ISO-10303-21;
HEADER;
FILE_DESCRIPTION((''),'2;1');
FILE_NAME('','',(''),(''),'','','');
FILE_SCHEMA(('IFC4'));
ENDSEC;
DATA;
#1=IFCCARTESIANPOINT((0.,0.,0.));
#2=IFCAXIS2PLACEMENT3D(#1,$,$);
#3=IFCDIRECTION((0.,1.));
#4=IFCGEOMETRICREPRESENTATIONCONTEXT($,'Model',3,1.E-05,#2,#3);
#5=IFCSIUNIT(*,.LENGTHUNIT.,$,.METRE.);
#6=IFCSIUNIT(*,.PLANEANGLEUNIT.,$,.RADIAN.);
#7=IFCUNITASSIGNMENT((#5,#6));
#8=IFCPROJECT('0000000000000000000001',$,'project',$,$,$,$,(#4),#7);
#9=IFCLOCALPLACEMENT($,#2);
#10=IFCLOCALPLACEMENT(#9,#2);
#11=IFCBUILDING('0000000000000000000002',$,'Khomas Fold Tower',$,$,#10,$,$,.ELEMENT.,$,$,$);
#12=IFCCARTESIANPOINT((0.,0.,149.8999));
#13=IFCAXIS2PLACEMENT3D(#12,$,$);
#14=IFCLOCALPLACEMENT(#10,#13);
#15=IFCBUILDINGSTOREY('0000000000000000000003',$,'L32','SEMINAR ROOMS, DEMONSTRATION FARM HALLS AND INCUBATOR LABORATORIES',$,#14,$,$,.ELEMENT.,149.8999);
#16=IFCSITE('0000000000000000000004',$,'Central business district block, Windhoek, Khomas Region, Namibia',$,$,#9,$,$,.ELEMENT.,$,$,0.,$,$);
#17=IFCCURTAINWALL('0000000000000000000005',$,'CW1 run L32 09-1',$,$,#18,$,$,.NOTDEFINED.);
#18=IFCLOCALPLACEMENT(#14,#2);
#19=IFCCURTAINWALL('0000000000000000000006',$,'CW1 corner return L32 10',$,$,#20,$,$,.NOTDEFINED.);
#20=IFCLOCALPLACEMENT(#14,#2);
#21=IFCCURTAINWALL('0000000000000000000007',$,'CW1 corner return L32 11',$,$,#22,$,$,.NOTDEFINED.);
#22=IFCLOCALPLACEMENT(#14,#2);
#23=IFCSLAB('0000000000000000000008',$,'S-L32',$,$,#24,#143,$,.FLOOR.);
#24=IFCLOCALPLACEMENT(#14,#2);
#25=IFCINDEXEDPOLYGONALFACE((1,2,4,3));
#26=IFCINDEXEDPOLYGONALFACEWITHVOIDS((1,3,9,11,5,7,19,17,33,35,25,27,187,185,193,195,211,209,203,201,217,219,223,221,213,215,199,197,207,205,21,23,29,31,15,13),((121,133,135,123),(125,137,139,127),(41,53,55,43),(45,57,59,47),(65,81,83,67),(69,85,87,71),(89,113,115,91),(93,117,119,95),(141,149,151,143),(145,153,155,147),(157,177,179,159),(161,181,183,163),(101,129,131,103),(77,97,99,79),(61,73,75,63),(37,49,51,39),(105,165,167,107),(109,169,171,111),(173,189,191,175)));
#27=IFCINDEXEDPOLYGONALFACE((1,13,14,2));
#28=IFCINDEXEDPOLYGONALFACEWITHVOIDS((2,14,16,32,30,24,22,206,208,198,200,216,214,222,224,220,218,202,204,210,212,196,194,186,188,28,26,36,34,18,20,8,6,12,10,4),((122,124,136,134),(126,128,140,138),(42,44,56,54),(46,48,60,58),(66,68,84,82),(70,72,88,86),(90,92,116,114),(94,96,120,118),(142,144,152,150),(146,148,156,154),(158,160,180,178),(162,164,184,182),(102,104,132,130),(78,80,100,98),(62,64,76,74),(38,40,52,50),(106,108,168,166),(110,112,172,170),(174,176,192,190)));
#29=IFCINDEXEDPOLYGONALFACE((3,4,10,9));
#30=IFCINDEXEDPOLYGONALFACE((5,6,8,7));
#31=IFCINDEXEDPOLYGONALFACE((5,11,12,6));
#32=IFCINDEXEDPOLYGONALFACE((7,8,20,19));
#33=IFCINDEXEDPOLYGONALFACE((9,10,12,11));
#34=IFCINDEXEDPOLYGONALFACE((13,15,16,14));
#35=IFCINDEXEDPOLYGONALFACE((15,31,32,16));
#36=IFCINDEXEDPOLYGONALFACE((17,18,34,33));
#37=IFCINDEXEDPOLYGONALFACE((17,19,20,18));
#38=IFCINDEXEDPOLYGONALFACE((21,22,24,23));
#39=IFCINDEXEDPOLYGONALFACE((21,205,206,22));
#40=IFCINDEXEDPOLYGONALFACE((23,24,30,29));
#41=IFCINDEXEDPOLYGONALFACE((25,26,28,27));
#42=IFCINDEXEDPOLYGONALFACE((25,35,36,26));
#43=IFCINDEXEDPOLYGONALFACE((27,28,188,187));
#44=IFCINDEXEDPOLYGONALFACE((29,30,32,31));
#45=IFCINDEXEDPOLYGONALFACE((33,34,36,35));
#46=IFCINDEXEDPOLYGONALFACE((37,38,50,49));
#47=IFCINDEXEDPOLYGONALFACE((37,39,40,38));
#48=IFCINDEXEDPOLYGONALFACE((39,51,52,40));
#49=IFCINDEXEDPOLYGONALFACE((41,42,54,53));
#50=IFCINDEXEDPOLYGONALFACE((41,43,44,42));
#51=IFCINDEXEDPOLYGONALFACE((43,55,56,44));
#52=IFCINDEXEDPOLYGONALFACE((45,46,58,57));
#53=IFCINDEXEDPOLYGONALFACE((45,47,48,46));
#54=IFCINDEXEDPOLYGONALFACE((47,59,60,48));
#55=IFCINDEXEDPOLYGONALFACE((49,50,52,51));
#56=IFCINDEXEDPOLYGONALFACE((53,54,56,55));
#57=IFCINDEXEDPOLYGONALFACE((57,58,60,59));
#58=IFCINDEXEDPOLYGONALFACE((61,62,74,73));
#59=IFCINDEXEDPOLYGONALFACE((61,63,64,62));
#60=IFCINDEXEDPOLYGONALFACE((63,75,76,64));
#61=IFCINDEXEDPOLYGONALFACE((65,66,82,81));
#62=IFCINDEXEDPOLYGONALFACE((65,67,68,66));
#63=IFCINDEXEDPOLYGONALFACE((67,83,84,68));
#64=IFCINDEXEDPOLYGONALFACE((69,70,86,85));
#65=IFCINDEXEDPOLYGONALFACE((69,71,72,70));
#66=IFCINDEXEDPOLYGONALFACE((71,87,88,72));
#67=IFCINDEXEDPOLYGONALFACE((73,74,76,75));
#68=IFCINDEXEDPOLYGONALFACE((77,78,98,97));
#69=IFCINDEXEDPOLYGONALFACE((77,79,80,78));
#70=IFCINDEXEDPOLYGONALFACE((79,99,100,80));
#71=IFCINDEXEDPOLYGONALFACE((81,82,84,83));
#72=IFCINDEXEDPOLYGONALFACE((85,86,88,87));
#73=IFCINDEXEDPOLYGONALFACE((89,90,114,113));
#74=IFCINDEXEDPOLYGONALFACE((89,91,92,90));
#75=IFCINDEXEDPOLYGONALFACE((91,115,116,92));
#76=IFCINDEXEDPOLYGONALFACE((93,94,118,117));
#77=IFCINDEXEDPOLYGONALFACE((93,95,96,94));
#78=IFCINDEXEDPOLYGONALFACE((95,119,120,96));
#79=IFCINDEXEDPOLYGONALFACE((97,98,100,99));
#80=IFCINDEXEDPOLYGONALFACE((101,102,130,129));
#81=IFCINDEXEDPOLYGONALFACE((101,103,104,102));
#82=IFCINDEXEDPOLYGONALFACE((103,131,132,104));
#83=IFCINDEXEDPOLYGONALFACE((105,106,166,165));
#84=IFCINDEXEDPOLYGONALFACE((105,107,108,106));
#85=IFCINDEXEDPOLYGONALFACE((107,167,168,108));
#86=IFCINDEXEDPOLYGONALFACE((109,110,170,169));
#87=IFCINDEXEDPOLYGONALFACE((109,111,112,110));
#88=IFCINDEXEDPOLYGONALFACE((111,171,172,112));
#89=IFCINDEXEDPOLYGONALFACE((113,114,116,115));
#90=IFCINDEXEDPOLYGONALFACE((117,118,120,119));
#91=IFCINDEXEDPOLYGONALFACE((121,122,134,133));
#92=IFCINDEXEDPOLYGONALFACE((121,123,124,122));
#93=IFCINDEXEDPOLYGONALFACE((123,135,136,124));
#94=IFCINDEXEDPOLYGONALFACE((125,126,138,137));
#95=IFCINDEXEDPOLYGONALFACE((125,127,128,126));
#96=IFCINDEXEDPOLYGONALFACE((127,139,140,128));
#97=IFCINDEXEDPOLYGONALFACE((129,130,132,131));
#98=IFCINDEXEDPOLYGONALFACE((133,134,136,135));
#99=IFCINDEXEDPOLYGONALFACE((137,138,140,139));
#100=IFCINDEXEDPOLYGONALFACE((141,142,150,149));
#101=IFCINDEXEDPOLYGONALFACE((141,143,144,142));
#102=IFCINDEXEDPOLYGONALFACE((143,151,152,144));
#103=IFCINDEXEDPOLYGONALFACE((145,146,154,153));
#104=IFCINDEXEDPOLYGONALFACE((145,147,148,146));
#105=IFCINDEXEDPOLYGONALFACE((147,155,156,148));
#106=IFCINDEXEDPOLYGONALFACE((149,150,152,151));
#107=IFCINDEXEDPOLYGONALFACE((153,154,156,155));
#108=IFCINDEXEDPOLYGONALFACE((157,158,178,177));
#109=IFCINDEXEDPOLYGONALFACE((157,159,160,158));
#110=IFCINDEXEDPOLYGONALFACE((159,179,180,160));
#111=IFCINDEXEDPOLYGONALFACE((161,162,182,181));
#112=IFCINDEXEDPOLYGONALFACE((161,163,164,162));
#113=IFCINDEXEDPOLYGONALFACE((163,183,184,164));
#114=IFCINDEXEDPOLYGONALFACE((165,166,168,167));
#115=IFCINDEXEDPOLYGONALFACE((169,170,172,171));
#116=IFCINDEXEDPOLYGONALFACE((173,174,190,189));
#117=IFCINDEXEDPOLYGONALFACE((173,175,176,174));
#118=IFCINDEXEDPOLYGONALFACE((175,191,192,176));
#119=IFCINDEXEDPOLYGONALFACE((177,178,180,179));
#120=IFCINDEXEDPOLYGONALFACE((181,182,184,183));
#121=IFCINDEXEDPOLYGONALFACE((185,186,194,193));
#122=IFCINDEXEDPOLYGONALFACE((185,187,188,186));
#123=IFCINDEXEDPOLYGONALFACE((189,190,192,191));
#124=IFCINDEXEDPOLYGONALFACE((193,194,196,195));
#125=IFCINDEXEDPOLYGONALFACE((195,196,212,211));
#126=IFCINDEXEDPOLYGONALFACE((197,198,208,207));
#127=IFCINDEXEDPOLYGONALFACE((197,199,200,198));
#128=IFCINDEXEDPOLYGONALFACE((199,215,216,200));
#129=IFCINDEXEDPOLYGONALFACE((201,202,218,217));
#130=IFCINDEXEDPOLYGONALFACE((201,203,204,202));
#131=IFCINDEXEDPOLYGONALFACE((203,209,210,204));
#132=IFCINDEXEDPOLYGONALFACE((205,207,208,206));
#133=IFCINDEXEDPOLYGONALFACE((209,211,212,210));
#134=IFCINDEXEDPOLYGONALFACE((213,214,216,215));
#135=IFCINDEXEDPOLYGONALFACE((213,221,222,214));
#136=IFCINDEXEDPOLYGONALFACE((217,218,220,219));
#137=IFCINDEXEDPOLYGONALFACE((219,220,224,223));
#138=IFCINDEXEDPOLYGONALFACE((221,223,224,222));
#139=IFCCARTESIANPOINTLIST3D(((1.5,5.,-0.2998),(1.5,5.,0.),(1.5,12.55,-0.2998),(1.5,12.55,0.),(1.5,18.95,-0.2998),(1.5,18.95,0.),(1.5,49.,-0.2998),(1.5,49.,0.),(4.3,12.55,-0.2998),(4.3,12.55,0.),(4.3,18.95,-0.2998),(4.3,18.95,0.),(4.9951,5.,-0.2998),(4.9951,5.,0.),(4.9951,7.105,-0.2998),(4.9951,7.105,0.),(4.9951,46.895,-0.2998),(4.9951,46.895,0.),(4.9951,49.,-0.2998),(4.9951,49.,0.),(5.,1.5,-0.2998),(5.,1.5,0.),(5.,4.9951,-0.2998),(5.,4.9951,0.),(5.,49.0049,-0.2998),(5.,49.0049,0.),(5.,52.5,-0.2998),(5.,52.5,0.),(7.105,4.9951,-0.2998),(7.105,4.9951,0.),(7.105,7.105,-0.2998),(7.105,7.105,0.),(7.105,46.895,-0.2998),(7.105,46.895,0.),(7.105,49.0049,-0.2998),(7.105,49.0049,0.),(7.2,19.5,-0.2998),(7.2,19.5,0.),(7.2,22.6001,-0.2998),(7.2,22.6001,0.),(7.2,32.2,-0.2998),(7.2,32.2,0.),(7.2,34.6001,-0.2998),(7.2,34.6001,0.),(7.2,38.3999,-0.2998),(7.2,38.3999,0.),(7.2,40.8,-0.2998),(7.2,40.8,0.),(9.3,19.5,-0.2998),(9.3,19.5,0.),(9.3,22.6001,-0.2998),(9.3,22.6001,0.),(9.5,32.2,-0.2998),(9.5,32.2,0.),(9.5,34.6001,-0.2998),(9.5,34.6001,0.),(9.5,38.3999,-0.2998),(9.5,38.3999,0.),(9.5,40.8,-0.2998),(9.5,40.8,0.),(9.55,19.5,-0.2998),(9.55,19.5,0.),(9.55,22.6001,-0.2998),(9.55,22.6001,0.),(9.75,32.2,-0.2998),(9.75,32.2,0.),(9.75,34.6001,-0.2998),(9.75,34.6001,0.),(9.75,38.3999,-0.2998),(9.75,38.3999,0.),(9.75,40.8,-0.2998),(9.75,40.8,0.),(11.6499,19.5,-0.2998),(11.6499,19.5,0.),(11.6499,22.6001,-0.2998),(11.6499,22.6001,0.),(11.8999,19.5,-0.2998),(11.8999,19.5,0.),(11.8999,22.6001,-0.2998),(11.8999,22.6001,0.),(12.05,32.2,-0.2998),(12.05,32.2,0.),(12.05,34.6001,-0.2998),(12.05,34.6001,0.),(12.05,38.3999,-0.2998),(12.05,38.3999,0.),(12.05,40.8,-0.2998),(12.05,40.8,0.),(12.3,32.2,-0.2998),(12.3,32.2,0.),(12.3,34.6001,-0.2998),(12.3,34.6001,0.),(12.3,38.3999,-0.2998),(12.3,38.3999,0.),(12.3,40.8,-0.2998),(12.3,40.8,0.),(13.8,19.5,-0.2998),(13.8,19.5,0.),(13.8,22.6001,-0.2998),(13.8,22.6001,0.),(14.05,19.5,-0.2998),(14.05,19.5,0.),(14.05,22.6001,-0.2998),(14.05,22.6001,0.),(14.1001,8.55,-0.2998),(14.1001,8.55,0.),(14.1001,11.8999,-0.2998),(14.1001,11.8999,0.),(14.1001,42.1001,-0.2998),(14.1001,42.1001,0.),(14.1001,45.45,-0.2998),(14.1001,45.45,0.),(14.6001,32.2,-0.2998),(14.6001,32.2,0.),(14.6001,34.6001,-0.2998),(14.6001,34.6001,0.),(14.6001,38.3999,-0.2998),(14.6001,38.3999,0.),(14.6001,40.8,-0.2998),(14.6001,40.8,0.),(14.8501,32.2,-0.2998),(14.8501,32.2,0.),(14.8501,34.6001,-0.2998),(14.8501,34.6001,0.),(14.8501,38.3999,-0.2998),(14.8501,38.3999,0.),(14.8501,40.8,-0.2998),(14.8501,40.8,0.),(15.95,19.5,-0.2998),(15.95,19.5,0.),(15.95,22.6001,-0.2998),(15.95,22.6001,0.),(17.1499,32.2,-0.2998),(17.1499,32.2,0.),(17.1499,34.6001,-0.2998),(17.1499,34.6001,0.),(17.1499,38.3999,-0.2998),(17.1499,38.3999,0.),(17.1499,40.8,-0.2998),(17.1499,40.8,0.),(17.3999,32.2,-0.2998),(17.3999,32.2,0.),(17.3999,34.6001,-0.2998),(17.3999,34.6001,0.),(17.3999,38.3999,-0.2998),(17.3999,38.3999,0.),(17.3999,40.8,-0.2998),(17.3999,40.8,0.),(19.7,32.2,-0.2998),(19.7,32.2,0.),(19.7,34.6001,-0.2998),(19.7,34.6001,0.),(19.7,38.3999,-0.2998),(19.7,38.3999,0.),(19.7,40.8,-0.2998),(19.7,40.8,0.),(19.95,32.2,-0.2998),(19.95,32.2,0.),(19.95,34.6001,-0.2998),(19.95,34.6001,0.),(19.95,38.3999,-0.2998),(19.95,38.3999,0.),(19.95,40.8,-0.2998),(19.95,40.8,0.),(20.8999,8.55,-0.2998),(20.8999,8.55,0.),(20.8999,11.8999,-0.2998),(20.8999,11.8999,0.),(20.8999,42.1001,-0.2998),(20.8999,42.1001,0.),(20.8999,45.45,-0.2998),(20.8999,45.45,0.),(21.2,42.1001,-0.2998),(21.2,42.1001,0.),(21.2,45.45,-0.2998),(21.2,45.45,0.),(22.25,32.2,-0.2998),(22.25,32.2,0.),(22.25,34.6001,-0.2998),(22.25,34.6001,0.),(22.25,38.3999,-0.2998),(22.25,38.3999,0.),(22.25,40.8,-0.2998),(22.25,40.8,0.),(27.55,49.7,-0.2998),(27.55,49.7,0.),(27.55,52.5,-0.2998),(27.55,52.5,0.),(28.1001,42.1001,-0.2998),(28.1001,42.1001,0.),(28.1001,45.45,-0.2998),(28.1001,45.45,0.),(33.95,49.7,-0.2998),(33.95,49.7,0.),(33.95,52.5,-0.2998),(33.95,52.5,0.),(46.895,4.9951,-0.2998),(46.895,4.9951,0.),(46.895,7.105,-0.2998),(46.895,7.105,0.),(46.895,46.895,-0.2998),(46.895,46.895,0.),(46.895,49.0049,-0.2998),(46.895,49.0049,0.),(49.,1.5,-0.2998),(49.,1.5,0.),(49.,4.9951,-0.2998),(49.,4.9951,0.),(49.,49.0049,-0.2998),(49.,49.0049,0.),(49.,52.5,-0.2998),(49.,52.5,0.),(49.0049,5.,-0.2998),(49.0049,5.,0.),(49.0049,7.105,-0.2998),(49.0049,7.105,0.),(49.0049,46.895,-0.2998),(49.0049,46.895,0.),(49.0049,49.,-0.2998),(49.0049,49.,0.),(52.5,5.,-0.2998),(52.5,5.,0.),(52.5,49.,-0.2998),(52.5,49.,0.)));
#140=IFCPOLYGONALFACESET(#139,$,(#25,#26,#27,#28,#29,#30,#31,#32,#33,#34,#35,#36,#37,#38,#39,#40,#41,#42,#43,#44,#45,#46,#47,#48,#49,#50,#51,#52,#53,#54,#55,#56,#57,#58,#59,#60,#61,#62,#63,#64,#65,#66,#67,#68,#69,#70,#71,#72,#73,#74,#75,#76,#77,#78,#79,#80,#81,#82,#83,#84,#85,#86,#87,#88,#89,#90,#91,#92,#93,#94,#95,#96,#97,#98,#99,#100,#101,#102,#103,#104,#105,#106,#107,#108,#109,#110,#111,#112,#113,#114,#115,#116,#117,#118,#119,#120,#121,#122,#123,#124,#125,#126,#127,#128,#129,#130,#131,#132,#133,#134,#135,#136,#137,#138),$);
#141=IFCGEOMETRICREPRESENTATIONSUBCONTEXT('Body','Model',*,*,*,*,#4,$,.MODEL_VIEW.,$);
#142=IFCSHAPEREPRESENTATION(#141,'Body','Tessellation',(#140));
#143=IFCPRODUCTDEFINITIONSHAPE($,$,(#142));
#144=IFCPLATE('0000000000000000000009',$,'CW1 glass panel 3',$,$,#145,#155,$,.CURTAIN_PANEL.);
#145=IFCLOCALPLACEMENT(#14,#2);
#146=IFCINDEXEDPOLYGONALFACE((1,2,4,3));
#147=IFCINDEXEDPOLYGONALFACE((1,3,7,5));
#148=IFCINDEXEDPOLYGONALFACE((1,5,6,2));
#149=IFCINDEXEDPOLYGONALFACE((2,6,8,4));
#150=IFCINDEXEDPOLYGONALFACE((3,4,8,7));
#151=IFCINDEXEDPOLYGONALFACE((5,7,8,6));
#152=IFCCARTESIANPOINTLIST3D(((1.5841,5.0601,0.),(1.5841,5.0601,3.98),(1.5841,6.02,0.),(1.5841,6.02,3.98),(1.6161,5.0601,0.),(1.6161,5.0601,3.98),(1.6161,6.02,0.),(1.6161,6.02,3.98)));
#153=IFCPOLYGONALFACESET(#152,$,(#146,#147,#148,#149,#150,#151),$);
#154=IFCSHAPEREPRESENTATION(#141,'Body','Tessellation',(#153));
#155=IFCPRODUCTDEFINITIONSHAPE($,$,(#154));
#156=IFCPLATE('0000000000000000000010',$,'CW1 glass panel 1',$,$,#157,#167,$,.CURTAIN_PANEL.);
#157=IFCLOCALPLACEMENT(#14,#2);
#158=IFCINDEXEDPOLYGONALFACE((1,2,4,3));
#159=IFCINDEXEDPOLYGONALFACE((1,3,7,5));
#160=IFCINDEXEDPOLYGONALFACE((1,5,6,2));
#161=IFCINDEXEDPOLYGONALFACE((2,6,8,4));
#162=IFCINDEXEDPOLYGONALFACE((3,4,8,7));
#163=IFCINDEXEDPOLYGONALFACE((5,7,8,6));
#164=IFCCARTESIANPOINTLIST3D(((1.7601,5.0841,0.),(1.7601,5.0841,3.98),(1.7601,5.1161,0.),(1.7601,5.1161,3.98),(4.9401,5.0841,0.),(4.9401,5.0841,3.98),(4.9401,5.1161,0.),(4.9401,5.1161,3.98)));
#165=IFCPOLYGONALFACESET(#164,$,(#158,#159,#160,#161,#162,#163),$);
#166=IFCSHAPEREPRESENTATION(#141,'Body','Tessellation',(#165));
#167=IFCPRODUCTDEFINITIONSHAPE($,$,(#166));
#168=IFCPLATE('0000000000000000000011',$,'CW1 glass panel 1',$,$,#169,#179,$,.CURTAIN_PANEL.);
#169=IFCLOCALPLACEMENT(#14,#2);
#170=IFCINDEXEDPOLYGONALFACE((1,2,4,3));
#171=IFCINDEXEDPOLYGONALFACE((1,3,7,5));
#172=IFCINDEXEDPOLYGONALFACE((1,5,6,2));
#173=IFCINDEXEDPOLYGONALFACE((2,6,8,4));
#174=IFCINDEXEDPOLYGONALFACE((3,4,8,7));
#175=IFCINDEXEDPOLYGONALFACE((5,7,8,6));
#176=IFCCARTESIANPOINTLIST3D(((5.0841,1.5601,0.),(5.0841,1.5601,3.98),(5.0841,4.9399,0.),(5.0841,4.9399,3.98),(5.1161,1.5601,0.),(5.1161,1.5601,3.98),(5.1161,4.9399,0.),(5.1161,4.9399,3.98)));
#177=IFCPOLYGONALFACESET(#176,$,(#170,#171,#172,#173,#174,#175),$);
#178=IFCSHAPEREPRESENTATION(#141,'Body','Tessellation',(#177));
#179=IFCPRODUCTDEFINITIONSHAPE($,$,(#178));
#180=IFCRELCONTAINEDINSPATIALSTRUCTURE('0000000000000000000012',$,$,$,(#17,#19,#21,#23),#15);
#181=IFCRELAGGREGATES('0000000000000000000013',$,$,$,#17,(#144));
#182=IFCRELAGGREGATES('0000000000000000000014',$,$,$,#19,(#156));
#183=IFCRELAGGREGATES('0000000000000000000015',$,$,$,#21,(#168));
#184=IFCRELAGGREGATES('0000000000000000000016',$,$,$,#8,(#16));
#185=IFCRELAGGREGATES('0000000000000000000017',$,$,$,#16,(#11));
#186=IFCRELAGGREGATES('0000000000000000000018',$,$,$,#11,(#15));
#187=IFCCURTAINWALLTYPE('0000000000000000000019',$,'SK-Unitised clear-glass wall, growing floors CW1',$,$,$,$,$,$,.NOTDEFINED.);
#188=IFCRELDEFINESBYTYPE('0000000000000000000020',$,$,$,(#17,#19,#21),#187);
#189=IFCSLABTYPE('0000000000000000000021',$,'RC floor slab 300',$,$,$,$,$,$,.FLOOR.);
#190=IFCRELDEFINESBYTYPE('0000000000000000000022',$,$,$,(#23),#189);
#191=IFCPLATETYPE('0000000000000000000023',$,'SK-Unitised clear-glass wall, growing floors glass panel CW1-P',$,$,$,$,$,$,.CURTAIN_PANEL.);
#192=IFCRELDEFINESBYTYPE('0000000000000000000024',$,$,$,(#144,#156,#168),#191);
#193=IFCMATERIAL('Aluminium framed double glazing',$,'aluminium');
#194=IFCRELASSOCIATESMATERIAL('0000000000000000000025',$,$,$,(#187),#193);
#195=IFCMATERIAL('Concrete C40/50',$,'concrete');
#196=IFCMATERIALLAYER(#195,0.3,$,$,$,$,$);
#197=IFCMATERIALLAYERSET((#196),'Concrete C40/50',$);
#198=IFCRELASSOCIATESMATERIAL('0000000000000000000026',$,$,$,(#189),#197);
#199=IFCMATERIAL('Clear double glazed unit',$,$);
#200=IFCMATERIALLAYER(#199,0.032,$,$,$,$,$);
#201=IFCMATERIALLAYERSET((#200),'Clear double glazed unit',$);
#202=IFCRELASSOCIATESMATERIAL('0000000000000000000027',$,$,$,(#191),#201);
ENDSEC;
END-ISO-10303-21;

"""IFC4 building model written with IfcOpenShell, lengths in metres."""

from ifc_helpers import new_model, si_unit, direction, frame, origin, origin_2d, place, context, subcontext, project, spatial, polyline, rectangle, outline, extrude, source, transform, mapped, material, layer, layer_set, type_object, element, aggregate, save


model = new_model("IFC4")

# Units and contexts
model_context = context("Model", 3, precision=1e-05, world=origin(), true_north=direction((0.0, 1.0)))
body_context = subcontext(model_context, "Body", "Model", "MODEL_VIEW")
ifc_project = project(units=[si_unit("LENGTHUNIT", "METRE"), si_unit("PLANEANGLEUNIT", "RADIAN")], contexts=[model_context])

# Site, building, storey
site_placement = place(None, origin())
site = spatial("IfcSite", under=ifc_project, at=site_placement, Name="Central business district block, Windhoek, Khomas Region, Namibia", CompositionType="ELEMENT", RefElevation=0.0)
building_placement = place(site_placement, origin())
building = spatial("IfcBuilding", under=site, at=building_placement, Name="Khomas Fold Tower", CompositionType="ELEMENT")
storey_placement = place(building_placement, frame((0.0, 0.0, 149.8999)))
storey = spatial("IfcBuildingStorey", under=building, at=storey_placement, Name="L32", Description="SEMINAR ROOMS, DEMONSTRATION FARM HALLS AND INCUBATOR LABORATORIES", CompositionType="ELEMENT", Elevation=149.8999)

# Curtain walls
ifc_material_1 = material(Name="Aluminium framed double glazing", Category="aluminium")
curtain_wall_type = type_object("IfcCurtainWallType", Name="SK-Unitised clear-glass wall, growing floors CW1", PredefinedType="NOTDEFINED", material=ifc_material_1)
curtain_wall_1_placement = place(storey_placement, origin())
curtain_wall_1 = element("IfcCurtainWall", 1, at=curtain_wall_1_placement, inside=storey, type_object=curtain_wall_type, Name="CW1 run L32 09-1", PredefinedType="NOTDEFINED")
curtain_wall_2_placement = place(storey_placement, origin())
curtain_wall_2 = element("IfcCurtainWall", 2, at=curtain_wall_2_placement, inside=storey, type_object=curtain_wall_type, Name="CW1 corner return L32 10", PredefinedType="NOTDEFINED")

# Curtain wall
curtain_wall_3_placement = place(storey_placement, origin())
curtain_wall_3 = element("IfcCurtainWall", 3, at=curtain_wall_3_placement, inside=storey, type_object=curtain_wall_type, Name="CW1 corner return L32 11", PredefinedType="NOTDEFINED")

# Slab
ifc_material_2 = material(Name="Concrete C40/50", Category="concrete")
ifc_layer_1 = layer(ifc_material_2, 0.3)
ifc_layer_set_1 = layer_set([ifc_layer_1], Name="Concrete C40/50")
slab_type_1 = type_object("IfcSlabType", Name="RC floor slab 300", PredefinedType="FLOOR", material=ifc_layer_set_1)
shared_shape_1 = source(origin(), body_context, "Body", "SweptSolid", [
    extrude(outline(polyline([(1.5, 5.0), (4.9951, 5.0), (4.9951, 7.105), (7.105, 7.105), (7.105, 4.9951), (5.0, 4.9951), (5.0, 1.5), (49.0, 1.5), (49.0, 4.9951), (46.895, 4.9951), (46.895, 7.105), (49.0049, 7.105), (49.0049, 5.0), (52.5, 5.0), (52.5, 49.0), (49.0049, 49.0), (49.0049, 46.895), (46.895, 46.895), (46.895, 49.0049), (49.0, 49.0049), (49.0, 52.5), (33.95, 52.5), (33.95, 49.7), (27.55, 49.7), (27.55, 52.5), (5.0, 52.5), (5.0, 49.0049), (7.105, 49.0049), (7.105, 46.895), (4.9951, 46.895), (4.9951, 49.0), (1.5, 49.0), (1.5, 18.95), (4.3, 18.95), (4.3, 12.55), (1.5, 12.55), (1.5, 5.0)]), holes=[polyline([(7.2, 19.5), (7.2, 22.6001), (9.3, 22.6001), (9.3, 19.5), (7.2, 19.5)]), polyline([(7.2, 32.2), (7.2, 34.6001), (9.5, 34.6001), (9.5, 32.2), (7.2, 32.2)]), polyline([(7.2, 38.3999), (7.2, 40.8), (9.5, 40.8), (9.5, 38.3999), (7.2, 38.3999)]), polyline([(9.55, 19.5), (9.55, 22.6001), (11.6499, 22.6001), (11.6499, 19.5), (9.55, 19.5)]), polyline([(9.75, 32.2), (9.75, 34.6001), (12.05, 34.6001), (12.05, 32.2), (9.75, 32.2)]), polyline([(9.75, 38.3999), (9.75, 40.8), (12.05, 40.8), (12.05, 38.3999), (9.75, 38.3999)]), polyline([(11.8999, 19.5), (11.8999, 22.6001), (13.8, 22.6001), (13.8, 19.5), (11.8999, 19.5)]), polyline([(12.3, 32.2), (12.3, 34.6001), (14.6001, 34.6001), (14.6001, 32.2), (12.3, 32.2)]), polyline([(12.3, 38.3999), (12.3, 40.8), (14.6001, 40.8), (14.6001, 38.3999), (12.3, 38.3999)]), polyline([(14.05, 19.5), (14.05, 22.6001), (15.95, 22.6001), (15.95, 19.5), (14.05, 19.5)]), polyline([(14.1001, 8.55), (14.1001, 11.8999), (20.8999, 11.8999), (20.8999, 8.55), (14.1001, 8.55)]), polyline([(14.1001, 42.1001), (14.1001, 45.45), (20.8999, 45.45), (20.8999, 42.1001), (14.1001, 42.1001)]), polyline([(14.8501, 32.2), (14.8501, 34.6001), (17.1499, 34.6001), (17.1499, 32.2), (14.8501, 32.2)]), polyline([(14.8501, 38.3999), (14.8501, 40.8), (17.1499, 40.8), (17.1499, 38.3999), (14.8501, 38.3999)]), polyline([(17.3999, 32.2), (17.3999, 34.6001), (19.7, 34.6001), (19.7, 32.2), (17.3999, 32.2)]), polyline([(17.3999, 38.3999), (17.3999, 40.8), (19.7, 40.8), (19.7, 38.3999), (17.3999, 38.3999)]), polyline([(19.95, 32.2), (19.95, 34.6001), (22.25, 34.6001), (22.25, 32.2), (19.95, 32.2)]), polyline([(19.95, 38.3999), (19.95, 40.8), (22.25, 40.8), (22.25, 38.3999), (19.95, 38.3999)]), polyline([(21.2, 42.1001), (21.2, 45.45), (28.1001, 45.45), (28.1001, 42.1001), (21.2, 42.1001)])]), origin(), (0.0, 0.0, 1.0), 0.2998),
])
slab_1_placement = place(storey_placement, frame((0.0, 0.0, -0.2998)))
element("IfcSlab", 4, at=slab_1_placement, inside=storey, type_object=slab_type_1, Name="S-L32", PredefinedType="FLOOR", context=body_context, shape_type="MappedRepresentation", body=[
    mapped(shared_shape_1, transform((0.0, 0.0, 0.0))),
])

# Plates
ifc_material_3 = material(Name="Clear double glazed unit")
ifc_layer_2 = layer(ifc_material_3, 0.032)
ifc_layer_set_2 = layer_set([ifc_layer_2], Name="Clear double glazed unit")
plate_type = type_object("IfcPlateType", Name="SK-Unitised clear-glass wall, growing floors glass panel CW1-P", PredefinedType="CURTAIN_PANEL", material=ifc_layer_set_2)
shared_shape_2 = source(origin(), body_context, "Body", "SweptSolid", [
    extrude(rectangle(XDim=0.96, YDim=0.032, at=origin_2d()), origin(), (0.0, 0.0, 1.0), 3.98),
])
plate_1_placement = place(storey_placement, frame((1.6001, 5.54, 0.0), z_axis=(0.0, 0.0, 1.0), x_axis=(0.0, -1.0, 0.0)))
plate_1 = element("IfcPlate", 5, at=plate_1_placement, type_object=plate_type, Name="CW1 glass panel 3", PredefinedType="CURTAIN_PANEL", context=body_context, shape_type="MappedRepresentation", body=[
    mapped(shared_shape_2, transform((0.0, 0.0, 0.0))),
])
aggregate(curtain_wall_1, [plate_1])
shared_shape_3 = source(origin(), body_context, "Body", "SweptSolid", [
    extrude(rectangle(XDim=3.1799, YDim=0.032, at=origin_2d()), origin(), (0.0, 0.0, 1.0), 3.98),
])
plate_2_placement = place(storey_placement, frame((3.3501, 5.1001, 0.0), z_axis=(0.0, 0.0, 1.0), x_axis=(1.0, 0.0, 0.0)))
plate_2 = element("IfcPlate", 6, at=plate_2_placement, type_object=plate_type, Name="CW1 glass panel 1", PredefinedType="CURTAIN_PANEL", context=body_context, shape_type="MappedRepresentation", body=[
    mapped(shared_shape_3, transform((0.0, 0.0, 0.0))),
])
aggregate(curtain_wall_2, [plate_2])
shared_shape_4 = source(origin(), body_context, "Body", "SweptSolid", [
    extrude(rectangle(XDim=3.3799, YDim=0.032, at=origin_2d()), origin(), (0.0, 0.0, 1.0), 3.98),
])
plate_3_placement = place(storey_placement, frame((5.1001, 3.25, 0.0), z_axis=(0.0, 0.0, 1.0), x_axis=(0.0, -1.0, 0.0)))
plate_3 = element("IfcPlate", 7, at=plate_3_placement, type_object=plate_type, Name="CW1 glass panel 1", PredefinedType="CURTAIN_PANEL", context=body_context, shape_type="MappedRepresentation", body=[
    mapped(shared_shape_4, transform((0.0, 0.0, 0.0))),
])
aggregate(curtain_wall_3, [plate_3])

save(model, "model.ifc")
